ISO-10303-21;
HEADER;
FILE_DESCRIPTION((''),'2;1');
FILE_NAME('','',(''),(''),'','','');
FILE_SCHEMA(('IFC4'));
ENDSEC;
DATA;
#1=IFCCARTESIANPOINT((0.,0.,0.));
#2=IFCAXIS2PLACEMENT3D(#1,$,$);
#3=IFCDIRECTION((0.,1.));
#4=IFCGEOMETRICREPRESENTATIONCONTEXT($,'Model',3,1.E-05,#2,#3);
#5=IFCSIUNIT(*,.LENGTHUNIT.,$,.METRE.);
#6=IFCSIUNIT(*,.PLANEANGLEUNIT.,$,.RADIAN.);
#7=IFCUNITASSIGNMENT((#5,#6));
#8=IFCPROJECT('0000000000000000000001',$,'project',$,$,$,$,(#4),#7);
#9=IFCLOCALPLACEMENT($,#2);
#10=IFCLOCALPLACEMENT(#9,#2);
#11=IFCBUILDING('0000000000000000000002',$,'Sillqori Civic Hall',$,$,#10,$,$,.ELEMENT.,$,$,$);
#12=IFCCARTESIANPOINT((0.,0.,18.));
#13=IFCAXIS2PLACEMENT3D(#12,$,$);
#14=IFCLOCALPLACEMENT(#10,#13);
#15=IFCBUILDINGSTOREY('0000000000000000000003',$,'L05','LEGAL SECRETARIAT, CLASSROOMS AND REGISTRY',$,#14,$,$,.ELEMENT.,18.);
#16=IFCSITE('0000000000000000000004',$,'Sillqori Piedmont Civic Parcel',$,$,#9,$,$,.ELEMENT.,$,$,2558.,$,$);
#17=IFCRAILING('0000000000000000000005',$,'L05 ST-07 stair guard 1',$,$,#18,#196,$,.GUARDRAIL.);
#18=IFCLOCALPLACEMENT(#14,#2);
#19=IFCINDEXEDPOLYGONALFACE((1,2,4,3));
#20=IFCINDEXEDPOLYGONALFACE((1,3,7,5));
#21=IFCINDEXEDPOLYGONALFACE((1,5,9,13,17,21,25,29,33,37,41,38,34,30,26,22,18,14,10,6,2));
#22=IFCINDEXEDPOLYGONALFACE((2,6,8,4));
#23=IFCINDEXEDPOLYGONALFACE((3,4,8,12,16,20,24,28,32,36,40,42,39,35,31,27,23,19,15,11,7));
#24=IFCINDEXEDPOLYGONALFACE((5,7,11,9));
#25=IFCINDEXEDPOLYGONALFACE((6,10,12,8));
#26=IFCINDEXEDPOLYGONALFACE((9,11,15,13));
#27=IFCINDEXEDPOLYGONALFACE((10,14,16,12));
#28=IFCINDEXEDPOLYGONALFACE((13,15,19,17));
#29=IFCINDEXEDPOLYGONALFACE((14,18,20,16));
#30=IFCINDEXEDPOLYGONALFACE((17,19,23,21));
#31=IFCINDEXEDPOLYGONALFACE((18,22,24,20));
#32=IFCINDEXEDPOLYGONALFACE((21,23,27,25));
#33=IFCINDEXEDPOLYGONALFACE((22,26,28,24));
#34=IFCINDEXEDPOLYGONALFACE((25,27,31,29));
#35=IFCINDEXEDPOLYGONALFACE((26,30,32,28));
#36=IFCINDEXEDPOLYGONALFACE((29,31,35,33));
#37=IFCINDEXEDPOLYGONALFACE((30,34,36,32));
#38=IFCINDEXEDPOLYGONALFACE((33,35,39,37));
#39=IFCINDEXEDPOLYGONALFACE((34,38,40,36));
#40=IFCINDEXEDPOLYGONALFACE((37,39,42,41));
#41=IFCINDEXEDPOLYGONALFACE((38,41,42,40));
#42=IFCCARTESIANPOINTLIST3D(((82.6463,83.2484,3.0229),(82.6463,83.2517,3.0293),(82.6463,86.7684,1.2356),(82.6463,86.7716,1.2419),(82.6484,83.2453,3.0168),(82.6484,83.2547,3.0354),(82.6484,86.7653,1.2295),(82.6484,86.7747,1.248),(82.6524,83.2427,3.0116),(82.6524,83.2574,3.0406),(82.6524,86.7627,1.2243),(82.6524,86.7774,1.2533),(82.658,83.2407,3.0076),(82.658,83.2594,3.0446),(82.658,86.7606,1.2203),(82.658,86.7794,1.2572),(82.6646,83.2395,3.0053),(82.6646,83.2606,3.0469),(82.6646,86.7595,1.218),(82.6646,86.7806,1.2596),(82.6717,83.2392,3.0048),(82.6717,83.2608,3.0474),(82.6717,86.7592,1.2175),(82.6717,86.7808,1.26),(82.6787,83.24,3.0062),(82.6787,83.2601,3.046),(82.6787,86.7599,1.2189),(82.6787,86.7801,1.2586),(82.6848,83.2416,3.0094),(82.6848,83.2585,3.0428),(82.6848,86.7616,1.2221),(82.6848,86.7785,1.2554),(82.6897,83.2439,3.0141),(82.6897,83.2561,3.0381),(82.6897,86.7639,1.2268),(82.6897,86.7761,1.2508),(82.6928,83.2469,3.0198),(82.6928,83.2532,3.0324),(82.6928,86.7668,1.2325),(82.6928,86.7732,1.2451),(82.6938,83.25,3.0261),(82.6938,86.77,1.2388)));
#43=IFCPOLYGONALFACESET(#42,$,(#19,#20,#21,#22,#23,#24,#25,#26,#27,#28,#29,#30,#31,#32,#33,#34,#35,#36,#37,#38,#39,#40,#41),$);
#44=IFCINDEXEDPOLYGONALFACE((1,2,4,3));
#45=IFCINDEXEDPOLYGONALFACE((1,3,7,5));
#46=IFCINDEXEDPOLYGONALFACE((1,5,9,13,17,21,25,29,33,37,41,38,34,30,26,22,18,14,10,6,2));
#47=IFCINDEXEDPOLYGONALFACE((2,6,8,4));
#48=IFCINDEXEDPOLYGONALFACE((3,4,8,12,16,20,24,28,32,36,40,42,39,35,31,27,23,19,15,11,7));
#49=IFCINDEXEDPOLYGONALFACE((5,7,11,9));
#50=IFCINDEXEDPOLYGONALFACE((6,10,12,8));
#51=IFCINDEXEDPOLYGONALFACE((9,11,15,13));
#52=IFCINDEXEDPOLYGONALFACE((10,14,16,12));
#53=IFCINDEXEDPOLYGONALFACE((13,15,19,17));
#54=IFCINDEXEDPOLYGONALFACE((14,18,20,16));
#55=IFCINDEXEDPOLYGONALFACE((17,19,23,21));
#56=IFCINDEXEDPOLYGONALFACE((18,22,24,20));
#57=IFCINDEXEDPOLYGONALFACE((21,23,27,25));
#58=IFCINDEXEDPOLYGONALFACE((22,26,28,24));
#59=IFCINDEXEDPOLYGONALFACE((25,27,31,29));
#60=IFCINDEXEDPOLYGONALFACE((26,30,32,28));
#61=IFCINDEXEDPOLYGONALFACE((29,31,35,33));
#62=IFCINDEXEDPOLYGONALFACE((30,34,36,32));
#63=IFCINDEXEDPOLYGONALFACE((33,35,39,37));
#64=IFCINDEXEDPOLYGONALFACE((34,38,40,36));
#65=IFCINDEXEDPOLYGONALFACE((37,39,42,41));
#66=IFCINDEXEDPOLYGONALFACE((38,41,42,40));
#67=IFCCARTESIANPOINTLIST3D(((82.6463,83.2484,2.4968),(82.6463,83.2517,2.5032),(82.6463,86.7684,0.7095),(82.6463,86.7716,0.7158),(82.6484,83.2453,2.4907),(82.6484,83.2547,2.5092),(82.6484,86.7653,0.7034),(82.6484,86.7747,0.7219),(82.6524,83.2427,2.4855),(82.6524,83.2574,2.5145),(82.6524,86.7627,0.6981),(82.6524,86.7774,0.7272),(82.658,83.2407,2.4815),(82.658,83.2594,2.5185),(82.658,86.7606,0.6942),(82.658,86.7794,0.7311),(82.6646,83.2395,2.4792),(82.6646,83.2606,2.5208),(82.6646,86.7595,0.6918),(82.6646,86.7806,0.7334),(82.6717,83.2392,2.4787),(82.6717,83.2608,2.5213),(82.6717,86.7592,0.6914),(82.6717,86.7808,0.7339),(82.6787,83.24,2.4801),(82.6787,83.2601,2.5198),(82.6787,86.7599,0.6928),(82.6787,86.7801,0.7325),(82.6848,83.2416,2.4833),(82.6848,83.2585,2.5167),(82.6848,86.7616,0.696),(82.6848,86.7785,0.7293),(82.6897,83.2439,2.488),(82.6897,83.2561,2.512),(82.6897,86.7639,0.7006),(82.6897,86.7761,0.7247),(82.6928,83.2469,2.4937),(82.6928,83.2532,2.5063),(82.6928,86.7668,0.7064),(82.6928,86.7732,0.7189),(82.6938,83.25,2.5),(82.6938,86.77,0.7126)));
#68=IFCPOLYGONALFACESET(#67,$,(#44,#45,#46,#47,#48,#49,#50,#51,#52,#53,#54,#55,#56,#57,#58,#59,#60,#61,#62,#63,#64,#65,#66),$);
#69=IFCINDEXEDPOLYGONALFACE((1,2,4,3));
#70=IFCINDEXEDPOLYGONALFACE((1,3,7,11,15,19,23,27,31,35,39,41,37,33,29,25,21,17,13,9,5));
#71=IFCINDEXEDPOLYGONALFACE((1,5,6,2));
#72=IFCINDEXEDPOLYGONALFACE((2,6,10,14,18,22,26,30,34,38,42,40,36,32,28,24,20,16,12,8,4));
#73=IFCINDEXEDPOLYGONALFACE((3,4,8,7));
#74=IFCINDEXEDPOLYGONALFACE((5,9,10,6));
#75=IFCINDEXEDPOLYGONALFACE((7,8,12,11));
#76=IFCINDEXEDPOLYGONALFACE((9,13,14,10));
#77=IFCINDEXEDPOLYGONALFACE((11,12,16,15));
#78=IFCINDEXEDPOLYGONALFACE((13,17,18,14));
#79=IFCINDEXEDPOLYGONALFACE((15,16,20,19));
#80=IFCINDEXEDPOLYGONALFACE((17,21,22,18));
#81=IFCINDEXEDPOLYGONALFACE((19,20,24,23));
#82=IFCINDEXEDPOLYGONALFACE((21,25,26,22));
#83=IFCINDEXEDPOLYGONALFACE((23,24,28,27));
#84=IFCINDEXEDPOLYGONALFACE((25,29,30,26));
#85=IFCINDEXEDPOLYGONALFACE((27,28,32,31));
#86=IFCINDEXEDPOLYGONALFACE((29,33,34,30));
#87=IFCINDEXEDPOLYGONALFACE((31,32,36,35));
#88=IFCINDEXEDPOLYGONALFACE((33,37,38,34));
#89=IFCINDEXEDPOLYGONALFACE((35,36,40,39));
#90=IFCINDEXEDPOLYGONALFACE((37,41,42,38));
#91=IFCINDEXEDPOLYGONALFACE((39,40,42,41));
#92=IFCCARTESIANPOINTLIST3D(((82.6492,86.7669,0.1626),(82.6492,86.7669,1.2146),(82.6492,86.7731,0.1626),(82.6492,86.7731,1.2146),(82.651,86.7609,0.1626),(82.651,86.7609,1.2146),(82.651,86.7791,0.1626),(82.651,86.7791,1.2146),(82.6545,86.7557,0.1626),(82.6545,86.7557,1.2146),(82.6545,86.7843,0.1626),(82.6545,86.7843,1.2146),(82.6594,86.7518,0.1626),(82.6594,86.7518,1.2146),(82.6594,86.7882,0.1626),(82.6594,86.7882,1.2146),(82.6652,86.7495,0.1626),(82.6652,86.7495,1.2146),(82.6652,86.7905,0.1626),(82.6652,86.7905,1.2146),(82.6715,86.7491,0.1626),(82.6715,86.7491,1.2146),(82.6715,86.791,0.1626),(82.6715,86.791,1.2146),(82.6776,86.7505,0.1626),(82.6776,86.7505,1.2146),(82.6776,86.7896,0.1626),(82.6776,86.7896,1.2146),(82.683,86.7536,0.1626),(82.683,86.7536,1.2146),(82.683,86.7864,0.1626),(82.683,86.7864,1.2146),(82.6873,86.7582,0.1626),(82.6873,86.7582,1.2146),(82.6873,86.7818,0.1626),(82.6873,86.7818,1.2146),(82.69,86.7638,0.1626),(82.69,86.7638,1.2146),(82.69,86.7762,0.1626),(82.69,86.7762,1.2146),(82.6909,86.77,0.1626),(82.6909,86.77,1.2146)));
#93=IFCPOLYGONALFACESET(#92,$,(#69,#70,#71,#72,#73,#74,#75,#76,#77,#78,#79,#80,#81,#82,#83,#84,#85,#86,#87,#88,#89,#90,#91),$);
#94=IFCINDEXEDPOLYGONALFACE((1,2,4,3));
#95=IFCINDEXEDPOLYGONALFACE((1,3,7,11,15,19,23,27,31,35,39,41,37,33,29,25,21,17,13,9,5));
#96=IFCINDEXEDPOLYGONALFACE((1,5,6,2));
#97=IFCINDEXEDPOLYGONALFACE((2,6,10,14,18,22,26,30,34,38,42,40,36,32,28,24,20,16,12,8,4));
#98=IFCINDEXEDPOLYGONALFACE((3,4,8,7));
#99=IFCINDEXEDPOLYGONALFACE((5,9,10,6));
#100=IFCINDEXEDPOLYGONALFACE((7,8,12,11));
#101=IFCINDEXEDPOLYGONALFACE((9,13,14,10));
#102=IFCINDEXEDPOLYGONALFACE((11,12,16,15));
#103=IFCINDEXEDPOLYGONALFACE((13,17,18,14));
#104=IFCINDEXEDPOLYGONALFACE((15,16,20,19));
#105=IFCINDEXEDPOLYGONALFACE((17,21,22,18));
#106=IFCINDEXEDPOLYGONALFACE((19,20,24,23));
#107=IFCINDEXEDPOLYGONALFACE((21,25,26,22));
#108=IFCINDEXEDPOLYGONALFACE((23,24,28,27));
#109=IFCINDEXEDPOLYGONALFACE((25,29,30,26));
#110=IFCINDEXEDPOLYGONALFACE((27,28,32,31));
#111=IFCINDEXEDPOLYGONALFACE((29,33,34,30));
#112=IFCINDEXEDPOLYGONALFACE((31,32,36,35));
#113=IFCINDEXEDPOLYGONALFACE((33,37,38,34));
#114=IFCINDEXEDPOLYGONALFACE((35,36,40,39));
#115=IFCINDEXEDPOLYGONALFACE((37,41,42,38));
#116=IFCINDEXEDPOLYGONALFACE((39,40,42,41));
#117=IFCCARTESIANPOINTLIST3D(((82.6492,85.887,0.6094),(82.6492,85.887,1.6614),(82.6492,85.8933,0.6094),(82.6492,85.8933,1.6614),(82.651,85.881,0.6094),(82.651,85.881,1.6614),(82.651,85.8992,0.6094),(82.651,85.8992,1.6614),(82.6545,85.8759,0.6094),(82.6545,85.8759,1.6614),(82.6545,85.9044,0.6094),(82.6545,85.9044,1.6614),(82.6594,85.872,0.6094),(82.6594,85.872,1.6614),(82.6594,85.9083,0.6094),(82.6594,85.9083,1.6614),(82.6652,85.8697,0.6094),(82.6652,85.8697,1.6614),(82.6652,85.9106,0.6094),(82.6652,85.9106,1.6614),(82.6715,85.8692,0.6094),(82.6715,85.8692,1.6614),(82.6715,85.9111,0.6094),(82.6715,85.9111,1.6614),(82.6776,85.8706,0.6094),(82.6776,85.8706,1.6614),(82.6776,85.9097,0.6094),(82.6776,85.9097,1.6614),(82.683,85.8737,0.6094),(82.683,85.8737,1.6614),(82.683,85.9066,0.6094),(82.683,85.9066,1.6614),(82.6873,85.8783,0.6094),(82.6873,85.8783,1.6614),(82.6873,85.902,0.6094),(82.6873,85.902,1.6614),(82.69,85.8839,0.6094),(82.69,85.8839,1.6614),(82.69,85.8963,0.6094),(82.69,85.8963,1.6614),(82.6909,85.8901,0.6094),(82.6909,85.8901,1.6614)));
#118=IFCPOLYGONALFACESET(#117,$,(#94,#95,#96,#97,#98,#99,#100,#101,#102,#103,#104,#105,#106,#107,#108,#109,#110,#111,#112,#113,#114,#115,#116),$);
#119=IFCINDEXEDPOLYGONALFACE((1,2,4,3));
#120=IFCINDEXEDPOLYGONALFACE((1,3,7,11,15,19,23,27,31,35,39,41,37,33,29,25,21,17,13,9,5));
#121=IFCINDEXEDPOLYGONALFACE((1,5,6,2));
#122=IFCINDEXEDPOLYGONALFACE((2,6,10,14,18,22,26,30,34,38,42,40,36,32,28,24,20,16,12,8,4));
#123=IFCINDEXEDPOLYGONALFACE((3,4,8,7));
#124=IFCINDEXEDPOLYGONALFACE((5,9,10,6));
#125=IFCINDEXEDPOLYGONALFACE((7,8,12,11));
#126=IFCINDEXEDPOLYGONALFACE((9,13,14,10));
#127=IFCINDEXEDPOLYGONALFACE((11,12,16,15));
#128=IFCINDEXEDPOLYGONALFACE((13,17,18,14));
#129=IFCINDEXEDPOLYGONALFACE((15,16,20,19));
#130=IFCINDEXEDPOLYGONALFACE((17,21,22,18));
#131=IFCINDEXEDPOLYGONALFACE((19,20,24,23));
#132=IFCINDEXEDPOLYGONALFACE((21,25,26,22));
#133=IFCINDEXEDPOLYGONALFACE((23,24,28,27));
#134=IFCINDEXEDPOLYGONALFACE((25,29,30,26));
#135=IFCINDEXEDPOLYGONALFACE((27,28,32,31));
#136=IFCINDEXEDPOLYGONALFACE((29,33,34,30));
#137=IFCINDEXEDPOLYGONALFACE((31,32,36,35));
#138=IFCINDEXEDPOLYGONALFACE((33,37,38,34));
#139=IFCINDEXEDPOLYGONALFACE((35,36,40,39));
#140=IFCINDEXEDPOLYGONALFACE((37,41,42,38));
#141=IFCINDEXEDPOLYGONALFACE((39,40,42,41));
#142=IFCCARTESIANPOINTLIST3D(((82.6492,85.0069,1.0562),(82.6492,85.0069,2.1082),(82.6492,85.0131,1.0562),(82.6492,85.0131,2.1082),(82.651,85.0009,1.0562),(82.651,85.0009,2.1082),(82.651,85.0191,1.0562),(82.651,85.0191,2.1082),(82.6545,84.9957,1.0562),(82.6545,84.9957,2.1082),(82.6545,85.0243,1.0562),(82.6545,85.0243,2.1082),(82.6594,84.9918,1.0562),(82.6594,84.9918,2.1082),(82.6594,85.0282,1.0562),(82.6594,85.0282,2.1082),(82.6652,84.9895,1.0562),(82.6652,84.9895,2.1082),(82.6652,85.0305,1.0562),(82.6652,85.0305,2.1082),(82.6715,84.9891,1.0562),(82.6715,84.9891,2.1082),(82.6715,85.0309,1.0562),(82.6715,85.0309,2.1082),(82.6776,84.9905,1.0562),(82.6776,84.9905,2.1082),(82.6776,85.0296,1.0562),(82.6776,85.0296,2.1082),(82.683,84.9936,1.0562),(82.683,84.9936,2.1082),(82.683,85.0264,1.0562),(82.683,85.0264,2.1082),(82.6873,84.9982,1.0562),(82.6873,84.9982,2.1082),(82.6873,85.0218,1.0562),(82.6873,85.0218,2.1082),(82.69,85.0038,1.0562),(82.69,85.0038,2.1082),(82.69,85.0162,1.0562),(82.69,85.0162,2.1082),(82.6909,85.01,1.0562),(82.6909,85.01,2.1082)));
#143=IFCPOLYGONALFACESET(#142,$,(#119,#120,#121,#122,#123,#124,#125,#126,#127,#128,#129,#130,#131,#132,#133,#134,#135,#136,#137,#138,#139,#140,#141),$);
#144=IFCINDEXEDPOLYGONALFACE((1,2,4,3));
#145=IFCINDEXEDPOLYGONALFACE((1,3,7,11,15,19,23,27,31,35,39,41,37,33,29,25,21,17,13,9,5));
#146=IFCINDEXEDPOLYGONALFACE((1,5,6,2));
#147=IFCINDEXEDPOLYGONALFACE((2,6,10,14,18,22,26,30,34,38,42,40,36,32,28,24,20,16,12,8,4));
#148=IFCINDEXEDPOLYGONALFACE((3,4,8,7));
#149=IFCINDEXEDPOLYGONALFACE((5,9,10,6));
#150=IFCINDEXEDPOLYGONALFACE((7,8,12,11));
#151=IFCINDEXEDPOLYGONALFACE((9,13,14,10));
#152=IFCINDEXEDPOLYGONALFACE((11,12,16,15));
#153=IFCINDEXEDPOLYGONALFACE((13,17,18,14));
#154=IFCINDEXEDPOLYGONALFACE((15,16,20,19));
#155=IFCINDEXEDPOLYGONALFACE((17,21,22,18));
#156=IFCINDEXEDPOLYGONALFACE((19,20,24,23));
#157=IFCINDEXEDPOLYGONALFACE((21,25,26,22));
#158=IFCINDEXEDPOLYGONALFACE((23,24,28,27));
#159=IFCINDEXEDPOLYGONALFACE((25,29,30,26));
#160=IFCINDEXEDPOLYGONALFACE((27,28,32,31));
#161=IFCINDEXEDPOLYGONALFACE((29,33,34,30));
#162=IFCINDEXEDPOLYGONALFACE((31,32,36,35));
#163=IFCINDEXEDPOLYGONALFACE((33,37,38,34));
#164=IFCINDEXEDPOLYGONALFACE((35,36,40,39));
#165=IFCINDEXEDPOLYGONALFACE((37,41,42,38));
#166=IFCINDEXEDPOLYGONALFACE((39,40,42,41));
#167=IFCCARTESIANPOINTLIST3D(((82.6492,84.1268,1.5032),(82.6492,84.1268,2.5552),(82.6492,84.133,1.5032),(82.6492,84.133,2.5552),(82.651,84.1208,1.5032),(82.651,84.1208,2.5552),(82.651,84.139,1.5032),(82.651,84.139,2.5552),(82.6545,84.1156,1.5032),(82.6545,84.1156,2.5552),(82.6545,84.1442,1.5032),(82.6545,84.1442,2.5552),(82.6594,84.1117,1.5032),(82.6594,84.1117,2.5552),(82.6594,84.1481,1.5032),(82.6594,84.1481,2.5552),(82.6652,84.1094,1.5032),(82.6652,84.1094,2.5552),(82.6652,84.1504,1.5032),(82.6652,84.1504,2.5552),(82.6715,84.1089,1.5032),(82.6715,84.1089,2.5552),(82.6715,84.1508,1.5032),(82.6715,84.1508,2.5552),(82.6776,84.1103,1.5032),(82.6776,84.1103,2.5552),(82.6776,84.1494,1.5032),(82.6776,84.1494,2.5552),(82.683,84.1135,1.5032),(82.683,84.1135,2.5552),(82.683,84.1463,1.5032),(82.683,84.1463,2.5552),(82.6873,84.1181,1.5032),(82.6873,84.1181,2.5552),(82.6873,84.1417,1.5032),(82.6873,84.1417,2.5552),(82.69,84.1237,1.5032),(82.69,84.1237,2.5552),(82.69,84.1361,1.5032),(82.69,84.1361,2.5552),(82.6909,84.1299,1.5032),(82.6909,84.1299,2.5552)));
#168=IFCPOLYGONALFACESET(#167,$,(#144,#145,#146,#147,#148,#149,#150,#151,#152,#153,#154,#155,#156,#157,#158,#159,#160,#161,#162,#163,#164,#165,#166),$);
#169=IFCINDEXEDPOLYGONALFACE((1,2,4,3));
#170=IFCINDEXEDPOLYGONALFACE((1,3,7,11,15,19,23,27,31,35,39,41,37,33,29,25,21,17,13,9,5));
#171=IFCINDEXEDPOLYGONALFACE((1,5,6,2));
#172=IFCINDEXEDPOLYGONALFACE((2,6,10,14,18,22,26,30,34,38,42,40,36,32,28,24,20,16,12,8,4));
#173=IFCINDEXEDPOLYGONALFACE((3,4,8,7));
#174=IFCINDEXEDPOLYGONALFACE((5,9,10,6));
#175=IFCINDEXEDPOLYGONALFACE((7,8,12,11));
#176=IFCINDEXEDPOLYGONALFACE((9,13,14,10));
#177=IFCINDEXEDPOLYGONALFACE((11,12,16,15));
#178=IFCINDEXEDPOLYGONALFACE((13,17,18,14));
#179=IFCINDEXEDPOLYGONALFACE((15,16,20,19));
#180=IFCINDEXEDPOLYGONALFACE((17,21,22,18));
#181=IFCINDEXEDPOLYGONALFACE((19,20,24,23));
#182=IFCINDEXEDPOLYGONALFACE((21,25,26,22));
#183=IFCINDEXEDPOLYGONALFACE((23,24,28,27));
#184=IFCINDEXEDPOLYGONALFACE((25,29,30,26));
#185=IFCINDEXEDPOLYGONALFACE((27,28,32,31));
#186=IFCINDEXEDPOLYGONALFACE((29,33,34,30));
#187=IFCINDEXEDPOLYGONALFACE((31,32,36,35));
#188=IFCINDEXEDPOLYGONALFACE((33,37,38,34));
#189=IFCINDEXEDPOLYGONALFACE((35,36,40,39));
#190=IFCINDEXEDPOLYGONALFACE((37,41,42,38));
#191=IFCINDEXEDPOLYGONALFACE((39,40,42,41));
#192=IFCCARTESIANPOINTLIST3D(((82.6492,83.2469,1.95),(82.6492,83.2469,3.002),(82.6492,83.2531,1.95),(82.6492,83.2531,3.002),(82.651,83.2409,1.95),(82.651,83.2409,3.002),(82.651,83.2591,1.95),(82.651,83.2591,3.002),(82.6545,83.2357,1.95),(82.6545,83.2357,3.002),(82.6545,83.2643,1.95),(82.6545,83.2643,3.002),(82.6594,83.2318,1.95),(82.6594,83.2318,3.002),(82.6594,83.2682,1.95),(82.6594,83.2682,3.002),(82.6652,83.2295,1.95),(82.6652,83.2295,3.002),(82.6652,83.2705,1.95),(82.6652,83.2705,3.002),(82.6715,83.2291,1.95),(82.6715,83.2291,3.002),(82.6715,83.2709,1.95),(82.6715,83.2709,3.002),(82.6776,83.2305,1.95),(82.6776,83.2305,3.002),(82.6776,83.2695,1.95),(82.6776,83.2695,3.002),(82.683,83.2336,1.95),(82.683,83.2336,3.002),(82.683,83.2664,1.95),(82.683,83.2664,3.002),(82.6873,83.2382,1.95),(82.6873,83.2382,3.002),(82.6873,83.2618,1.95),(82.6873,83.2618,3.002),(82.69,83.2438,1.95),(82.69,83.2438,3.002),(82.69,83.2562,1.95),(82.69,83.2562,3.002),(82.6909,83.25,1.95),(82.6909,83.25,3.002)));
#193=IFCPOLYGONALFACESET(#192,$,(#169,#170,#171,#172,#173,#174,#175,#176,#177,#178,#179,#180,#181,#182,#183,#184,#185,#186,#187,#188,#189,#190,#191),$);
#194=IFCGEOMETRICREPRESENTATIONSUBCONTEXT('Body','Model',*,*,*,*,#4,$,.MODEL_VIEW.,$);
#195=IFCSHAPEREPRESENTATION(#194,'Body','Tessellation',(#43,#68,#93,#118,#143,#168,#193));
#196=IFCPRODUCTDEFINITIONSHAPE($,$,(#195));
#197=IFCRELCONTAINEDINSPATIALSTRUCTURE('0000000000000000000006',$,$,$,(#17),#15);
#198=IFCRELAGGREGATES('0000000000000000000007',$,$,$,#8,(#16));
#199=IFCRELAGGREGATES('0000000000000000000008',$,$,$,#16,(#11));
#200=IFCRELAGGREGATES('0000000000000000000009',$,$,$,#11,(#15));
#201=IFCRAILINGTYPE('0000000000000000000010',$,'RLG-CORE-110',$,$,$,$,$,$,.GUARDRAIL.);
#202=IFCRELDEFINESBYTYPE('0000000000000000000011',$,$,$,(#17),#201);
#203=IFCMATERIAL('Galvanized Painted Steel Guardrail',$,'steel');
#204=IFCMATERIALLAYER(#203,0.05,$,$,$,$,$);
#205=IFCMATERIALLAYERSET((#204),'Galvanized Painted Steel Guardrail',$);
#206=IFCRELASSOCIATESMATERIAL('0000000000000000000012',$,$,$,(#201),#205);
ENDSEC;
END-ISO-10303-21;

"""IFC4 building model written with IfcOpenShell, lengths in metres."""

from ifc_helpers import new_model, si_unit, direction, frame, origin, origin_2d, place, context, subcontext, project, spatial, circle, extrude, material, layer, layer_set, type_object, element, save


model = new_model("IFC4")

# Units and contexts
model_context = context("Model", 3, precision=1e-05, world=origin(), true_north=direction((0.0, 1.0)))
body_context = subcontext(model_context, "Body", "Model", "MODEL_VIEW")
ifc_project = project(units=[si_unit("LENGTHUNIT", "METRE"), si_unit("PLANEANGLEUNIT", "RADIAN")], contexts=[model_context])

# Site, building, storey
site_placement = place(None, origin())
site = spatial("IfcSite", under=ifc_project, at=site_placement, Name="Sillqori Piedmont Civic Parcel", CompositionType="ELEMENT", RefElevation=2558.0)
building_placement = place(site_placement, origin())
building = spatial("IfcBuilding", under=site, at=building_placement, Name="Sillqori Civic Hall", CompositionType="ELEMENT")
storey_placement = place(building_placement, frame((0.0, 0.0, 18.0)))
storey = spatial("IfcBuildingStorey", under=building, at=storey_placement, Name="L05", Description="LEGAL SECRETARIAT, CLASSROOMS AND REGISTRY", CompositionType="ELEMENT", Elevation=18.0)

# Railing
ifc_material_1 = material(Name="Galvanized Painted Steel Guardrail", Category="steel")
ifc_layer_1 = layer(ifc_material_1, 0.05)
ifc_layer_set_1 = layer_set([ifc_layer_1], Name="Galvanized Painted Steel Guardrail")
railing_type_1 = type_object("IfcRailingType", Name="RLG-CORE-110", PredefinedType="GUARDRAIL", material=ifc_layer_set_1)
railing_1_placement = place(storey_placement, frame((82.6699, 86.77, 0.1626)))
element("IfcRailing", 1, at=railing_1_placement, inside=storey, type_object=railing_type_1, Name="L05 ST-07 stair guard 1", PredefinedType="GUARDRAIL", context=body_context, shape_type="SweptSolid", body=[
    extrude(circle(Radius=0.0239, at=origin_2d()), frame((0.0, 0.0, 1.0762), z_axis=(0.0, -0.89164, 0.452746), x_axis=(1.0, 0.0, 0.0)), (0.0, 0.0, 1.0), 3.9478),
    extrude(circle(Radius=0.0239, at=origin_2d()), frame((0.0, 0.0, 0.55), z_axis=(0.0, -0.89164, 0.452746), x_axis=(1.0, 0.0, 0.0)), (0.0, 0.0, 1.0), 3.9478),
    extrude(circle(Radius=0.021, at=origin_2d()), origin(), (0.0, 0.0, 1.0), 1.052),
    extrude(circle(Radius=0.021, at=origin_2d()), frame((0.0, -0.8799, 0.4468)), (0.0, 0.0, 1.0), 1.052),
    extrude(circle(Radius=0.021, at=origin_2d()), frame((0.0, -1.76, 0.8936)), (0.0, 0.0, 1.0), 1.052),
    extrude(circle(Radius=0.021, at=origin_2d()), frame((0.0, -2.6401, 1.3406)), (0.0, 0.0, 1.0), 1.052),
    extrude(circle(Radius=0.021, at=origin_2d()), frame((0.0, -3.52, 1.7874)), (0.0, 0.0, 1.0), 1.052),
])

save(model, "model.ifc")
